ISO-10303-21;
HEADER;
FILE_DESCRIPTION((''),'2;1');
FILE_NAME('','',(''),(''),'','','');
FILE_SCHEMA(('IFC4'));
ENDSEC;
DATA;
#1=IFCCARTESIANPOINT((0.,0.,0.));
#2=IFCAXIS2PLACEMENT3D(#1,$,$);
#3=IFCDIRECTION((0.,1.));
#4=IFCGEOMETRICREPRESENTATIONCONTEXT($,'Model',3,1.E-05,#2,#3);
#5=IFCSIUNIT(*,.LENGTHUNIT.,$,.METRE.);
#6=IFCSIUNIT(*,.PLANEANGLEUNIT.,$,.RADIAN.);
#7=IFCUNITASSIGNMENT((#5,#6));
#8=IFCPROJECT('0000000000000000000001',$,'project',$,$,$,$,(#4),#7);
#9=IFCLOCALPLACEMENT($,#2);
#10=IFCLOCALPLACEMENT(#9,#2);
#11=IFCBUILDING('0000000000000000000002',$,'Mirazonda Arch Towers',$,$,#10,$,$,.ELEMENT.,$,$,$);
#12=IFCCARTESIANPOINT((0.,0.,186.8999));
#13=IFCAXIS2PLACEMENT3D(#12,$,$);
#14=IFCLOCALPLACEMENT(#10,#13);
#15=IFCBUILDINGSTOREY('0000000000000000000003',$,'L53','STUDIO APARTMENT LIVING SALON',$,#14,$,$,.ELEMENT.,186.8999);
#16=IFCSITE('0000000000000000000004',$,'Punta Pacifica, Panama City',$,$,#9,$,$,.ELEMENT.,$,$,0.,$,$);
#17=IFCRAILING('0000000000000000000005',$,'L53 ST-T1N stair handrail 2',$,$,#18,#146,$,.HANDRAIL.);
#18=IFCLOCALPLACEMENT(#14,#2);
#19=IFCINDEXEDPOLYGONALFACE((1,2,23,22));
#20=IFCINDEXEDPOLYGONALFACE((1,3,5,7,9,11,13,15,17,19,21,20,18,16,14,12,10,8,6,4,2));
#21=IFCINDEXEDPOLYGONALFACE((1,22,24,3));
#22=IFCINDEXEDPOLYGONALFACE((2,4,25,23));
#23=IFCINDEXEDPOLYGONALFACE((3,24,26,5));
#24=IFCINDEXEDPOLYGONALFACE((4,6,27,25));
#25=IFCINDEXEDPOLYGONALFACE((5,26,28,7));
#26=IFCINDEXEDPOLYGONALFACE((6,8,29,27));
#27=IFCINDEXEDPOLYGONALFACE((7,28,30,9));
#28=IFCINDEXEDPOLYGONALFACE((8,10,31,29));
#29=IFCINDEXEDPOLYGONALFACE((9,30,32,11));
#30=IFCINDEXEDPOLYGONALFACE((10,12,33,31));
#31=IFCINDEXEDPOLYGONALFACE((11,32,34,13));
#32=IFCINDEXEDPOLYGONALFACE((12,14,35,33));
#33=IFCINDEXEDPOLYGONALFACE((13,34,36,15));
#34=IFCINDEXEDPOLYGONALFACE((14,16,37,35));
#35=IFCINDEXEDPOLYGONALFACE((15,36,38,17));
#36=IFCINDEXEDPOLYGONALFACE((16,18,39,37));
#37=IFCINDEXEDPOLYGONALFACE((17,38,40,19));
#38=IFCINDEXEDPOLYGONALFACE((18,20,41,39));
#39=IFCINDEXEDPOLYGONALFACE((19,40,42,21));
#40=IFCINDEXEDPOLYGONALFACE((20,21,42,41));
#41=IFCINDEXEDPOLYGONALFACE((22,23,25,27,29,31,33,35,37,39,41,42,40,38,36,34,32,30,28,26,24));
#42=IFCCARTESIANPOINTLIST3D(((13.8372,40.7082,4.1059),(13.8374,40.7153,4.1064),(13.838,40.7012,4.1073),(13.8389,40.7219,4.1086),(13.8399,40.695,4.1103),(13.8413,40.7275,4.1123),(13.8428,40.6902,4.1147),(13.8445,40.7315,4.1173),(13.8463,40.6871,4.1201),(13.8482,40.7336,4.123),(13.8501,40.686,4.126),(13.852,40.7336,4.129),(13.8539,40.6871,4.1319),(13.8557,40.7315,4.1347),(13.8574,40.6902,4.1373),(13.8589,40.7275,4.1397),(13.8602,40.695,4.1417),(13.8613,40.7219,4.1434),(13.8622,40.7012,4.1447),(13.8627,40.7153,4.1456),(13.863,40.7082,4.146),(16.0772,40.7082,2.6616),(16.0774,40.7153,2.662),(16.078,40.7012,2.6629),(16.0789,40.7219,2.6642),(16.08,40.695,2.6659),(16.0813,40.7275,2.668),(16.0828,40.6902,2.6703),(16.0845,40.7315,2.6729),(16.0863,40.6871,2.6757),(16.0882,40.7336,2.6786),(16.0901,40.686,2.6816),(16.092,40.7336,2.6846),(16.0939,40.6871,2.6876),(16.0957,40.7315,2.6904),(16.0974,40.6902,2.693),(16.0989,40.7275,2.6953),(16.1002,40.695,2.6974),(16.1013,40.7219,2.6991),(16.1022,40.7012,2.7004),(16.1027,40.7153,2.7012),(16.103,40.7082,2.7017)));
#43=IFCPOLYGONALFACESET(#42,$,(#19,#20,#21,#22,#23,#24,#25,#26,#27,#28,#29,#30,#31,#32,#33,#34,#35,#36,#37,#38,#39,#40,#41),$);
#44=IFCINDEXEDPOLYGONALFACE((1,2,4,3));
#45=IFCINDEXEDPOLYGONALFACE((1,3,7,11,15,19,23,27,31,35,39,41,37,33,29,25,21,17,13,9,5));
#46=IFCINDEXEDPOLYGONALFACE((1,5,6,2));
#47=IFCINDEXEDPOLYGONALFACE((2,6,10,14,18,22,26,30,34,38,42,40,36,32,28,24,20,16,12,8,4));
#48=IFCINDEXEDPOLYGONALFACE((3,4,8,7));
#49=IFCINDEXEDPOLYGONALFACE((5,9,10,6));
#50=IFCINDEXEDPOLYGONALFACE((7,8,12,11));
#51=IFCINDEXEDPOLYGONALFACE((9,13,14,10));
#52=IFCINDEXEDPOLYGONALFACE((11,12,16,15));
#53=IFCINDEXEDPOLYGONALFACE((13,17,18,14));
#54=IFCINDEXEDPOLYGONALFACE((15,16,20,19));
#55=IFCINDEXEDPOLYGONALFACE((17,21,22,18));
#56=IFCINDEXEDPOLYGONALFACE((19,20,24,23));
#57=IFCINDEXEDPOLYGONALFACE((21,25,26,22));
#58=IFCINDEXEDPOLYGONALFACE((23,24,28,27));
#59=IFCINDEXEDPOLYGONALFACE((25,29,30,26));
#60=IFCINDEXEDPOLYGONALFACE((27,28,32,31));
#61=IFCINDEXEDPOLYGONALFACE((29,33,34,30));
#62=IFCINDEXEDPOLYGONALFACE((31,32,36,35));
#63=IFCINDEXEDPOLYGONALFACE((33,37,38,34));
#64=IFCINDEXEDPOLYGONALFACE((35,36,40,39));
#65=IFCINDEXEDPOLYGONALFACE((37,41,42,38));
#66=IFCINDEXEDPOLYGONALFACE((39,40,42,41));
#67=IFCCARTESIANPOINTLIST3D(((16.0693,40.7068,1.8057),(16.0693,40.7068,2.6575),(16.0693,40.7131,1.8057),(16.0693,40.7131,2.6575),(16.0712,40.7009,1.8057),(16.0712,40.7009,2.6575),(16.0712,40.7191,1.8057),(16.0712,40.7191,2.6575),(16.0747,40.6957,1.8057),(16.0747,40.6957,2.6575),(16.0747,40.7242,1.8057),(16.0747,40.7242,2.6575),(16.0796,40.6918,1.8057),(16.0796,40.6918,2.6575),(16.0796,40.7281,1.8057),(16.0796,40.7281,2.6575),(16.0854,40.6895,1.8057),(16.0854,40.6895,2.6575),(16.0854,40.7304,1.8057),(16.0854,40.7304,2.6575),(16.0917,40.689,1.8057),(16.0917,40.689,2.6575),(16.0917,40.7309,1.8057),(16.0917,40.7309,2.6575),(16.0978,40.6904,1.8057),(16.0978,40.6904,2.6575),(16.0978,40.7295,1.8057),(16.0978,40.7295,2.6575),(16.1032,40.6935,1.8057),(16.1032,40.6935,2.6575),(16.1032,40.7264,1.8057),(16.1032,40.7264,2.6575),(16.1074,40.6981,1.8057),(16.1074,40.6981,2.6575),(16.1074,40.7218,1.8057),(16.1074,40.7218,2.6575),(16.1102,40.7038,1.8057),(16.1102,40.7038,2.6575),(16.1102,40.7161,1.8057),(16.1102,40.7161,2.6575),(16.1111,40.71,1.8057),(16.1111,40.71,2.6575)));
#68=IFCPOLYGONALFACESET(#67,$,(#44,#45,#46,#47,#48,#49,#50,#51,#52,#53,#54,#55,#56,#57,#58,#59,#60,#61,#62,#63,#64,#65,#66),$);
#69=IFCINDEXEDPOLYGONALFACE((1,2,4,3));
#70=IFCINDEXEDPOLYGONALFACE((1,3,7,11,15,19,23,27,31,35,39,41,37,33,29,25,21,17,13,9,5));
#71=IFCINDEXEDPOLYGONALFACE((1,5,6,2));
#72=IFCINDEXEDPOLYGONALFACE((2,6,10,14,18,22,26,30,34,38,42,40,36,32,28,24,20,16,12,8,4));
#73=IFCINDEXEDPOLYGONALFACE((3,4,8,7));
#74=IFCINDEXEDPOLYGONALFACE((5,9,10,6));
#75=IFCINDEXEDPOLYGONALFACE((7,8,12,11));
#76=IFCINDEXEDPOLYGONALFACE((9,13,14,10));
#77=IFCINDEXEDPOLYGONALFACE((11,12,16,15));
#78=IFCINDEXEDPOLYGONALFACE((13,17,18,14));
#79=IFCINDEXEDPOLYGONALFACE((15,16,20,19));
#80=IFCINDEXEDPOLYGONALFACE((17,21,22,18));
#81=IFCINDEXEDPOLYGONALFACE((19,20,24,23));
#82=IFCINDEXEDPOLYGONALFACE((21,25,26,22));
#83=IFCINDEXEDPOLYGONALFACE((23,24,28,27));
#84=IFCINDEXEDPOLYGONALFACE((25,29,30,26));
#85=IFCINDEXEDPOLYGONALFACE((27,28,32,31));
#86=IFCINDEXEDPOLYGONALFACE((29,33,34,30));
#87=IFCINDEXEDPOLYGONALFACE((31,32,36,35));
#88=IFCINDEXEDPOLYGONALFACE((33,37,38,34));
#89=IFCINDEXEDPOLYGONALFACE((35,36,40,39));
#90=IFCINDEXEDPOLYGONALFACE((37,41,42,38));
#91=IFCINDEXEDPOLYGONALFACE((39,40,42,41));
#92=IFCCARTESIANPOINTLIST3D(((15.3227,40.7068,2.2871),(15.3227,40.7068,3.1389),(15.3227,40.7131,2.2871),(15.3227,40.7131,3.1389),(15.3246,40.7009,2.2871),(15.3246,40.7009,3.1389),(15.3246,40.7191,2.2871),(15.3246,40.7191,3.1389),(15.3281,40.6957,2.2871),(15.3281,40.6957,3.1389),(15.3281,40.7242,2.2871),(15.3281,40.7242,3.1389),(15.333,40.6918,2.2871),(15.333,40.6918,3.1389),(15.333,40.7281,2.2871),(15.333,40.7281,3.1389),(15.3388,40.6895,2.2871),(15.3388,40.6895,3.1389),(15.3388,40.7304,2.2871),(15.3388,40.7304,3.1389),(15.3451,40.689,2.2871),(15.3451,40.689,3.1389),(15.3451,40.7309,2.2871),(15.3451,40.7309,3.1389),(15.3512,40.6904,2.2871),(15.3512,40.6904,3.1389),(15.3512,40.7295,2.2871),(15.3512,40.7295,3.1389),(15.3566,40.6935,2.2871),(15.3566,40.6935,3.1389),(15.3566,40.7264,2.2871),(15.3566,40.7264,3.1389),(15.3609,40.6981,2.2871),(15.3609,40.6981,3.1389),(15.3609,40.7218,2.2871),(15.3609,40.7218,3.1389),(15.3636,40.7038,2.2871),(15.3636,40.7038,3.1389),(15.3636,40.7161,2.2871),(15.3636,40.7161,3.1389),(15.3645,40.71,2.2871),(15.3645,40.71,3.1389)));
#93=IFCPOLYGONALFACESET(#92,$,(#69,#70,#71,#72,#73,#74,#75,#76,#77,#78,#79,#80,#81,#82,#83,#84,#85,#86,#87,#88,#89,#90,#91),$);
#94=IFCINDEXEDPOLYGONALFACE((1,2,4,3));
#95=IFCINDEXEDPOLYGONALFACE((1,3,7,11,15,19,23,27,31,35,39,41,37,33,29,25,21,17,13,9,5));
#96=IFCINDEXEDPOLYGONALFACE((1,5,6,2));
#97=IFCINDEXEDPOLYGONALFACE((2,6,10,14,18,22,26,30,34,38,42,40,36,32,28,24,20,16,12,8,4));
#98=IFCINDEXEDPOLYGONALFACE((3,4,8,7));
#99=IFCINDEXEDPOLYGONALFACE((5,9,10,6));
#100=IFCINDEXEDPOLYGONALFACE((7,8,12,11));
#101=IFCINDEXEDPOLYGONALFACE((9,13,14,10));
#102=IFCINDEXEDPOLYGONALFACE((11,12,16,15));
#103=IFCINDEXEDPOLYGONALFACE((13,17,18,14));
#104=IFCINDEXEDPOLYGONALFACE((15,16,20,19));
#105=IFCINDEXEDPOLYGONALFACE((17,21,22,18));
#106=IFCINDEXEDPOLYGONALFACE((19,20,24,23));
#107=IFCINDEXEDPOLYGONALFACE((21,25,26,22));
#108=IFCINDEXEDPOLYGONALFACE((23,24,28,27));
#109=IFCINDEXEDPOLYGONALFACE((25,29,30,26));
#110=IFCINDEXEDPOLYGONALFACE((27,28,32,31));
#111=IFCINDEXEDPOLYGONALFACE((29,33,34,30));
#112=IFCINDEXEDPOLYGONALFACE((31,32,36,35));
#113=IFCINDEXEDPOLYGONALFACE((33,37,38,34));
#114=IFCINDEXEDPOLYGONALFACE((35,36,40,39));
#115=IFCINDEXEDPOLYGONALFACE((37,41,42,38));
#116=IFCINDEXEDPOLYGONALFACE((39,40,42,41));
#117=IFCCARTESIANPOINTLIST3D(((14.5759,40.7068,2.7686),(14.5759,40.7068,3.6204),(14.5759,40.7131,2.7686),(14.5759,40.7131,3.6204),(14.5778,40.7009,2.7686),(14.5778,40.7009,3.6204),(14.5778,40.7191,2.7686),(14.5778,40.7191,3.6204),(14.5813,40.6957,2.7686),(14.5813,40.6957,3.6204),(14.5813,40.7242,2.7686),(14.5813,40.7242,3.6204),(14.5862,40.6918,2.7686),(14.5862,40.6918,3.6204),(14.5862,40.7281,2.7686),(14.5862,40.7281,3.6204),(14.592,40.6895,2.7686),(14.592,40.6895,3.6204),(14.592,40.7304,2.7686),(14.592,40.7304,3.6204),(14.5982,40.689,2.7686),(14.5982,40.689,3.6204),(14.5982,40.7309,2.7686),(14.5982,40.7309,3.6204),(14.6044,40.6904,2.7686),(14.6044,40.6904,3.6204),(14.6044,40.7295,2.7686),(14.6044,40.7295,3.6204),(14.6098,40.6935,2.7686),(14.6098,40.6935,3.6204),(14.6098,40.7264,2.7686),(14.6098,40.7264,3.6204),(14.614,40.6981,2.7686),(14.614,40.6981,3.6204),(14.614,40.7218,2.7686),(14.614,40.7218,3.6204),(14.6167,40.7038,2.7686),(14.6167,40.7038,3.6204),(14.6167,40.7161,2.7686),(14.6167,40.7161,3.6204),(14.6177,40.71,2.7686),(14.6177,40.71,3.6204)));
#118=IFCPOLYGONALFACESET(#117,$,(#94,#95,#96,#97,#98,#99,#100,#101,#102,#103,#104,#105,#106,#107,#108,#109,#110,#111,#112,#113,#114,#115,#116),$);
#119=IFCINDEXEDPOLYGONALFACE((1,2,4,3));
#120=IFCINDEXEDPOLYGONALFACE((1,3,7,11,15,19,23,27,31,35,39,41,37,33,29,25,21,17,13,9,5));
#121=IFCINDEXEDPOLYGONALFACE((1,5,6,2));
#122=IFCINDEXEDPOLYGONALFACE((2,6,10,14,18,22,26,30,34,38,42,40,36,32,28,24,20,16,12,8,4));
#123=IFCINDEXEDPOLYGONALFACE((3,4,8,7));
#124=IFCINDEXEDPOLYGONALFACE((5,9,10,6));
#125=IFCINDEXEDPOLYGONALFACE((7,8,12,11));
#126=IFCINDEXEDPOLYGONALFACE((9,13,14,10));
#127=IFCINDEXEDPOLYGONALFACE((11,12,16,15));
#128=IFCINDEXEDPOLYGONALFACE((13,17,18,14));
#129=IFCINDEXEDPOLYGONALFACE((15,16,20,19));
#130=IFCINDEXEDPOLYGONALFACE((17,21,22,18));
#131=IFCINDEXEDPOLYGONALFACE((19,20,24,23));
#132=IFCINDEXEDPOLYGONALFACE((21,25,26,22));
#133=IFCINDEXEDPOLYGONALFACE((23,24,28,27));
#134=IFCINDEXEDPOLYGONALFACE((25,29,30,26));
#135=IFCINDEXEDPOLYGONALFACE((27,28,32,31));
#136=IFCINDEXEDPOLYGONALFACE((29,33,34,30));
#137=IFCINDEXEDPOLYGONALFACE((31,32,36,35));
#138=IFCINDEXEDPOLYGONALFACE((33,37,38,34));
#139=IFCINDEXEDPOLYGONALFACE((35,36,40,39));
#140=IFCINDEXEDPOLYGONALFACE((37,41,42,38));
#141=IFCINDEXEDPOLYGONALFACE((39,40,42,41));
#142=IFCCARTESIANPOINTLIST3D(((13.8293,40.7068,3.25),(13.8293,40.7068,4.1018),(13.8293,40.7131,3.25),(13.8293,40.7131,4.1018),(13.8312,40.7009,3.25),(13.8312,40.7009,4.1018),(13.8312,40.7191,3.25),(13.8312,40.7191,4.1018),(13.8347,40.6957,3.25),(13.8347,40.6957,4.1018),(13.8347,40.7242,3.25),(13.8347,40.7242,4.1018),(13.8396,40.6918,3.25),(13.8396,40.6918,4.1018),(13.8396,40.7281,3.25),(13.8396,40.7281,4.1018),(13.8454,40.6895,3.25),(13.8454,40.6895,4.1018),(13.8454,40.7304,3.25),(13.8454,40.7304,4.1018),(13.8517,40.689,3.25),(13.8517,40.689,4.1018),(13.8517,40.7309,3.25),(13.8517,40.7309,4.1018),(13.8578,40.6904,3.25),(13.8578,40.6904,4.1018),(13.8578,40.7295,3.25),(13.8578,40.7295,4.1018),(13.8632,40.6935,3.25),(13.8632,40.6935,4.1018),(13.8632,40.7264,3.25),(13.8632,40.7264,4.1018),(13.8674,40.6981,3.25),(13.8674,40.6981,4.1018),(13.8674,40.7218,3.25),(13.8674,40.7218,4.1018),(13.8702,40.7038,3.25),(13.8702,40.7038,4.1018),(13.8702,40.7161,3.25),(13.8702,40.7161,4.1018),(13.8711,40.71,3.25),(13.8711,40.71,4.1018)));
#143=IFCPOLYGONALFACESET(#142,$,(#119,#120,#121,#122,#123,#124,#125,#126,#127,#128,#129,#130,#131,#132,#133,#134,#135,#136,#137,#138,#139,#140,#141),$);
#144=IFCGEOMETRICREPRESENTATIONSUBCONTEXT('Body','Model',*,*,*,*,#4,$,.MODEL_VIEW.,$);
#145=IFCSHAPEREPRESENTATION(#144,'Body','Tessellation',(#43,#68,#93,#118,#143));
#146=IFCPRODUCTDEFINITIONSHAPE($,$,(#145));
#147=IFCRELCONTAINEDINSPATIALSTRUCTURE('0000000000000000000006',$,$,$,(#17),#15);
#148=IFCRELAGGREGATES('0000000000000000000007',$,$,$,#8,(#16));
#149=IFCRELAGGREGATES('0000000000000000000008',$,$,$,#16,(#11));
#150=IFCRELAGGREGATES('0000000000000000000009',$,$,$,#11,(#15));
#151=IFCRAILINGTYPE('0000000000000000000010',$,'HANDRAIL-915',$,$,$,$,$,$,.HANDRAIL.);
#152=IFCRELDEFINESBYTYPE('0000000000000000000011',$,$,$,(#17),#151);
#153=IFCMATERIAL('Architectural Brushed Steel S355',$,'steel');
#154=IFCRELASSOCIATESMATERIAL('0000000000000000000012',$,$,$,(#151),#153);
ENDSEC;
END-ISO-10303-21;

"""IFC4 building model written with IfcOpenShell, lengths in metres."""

from ifc_helpers import new_model, si_unit, direction, frame, origin, origin_2d, place, context, subcontext, project, spatial, circle, extrude, material, type_object, element, save


model = new_model("IFC4")

# Units and contexts
model_context = context("Model", 3, precision=1e-05, world=origin(), true_north=direction((0.0, 1.0)))
body_context = subcontext(model_context, "Body", "Model", "MODEL_VIEW")
ifc_project = project(units=[si_unit("LENGTHUNIT", "METRE"), si_unit("PLANEANGLEUNIT", "RADIAN")], contexts=[model_context])

# Site, building, storey
site_placement = place(None, origin())
site = spatial("IfcSite", under=ifc_project, at=site_placement, Name="Punta Pacifica, Panama City", CompositionType="ELEMENT", RefElevation=0.0)
building_placement = place(site_placement, origin())
building = spatial("IfcBuilding", under=site, at=building_placement, Name="Mirazonda Arch Towers", CompositionType="ELEMENT")
storey_placement = place(building_placement, frame((0.0, 0.0, 186.8999)))
storey = spatial("IfcBuildingStorey", under=building, at=storey_placement, Name="L53", Description="STUDIO APARTMENT LIVING SALON", CompositionType="ELEMENT", Elevation=186.8999)

# Railing
ifc_material_1 = material(Name="Architectural Brushed Steel S355", Category="steel")
railing_type_1 = type_object("IfcRailingType", Name="HANDRAIL-915", PredefinedType="HANDRAIL", material=ifc_material_1)
railing_1_placement = place(storey_placement, frame((16.0901, 40.71, 1.8057)))
element("IfcRailing", 1, at=railing_1_placement, inside=storey, type_object=railing_type_1, Name="L53 ST-T1N stair handrail 2", PredefinedType="HANDRAIL", context=body_context, shape_type="SweptSolid", body=[
    extrude(circle(Radius=0.0239, at=origin_2d()), frame((0.0, 0.0, 0.876), z_axis=(-0.840437, 0.0, 0.54191), x_axis=(0.0, -1.0, 0.0)), (0.0, 0.0, 1.0), 2.6653),
    extrude(circle(Radius=0.021, at=origin_2d()), origin(), (0.0, 0.0, 1.0), 0.8518),
    extrude(circle(Radius=0.021, at=origin_2d()), frame((-0.7466, 0.0, 0.4814)), (0.0, 0.0, 1.0), 0.8518),
    extrude(circle(Radius=0.021, at=origin_2d()), frame((-1.4934, 0.0, 0.9629)), (0.0, 0.0, 1.0), 0.8518),
    extrude(circle(Radius=0.021, at=origin_2d()), frame((-2.24, 0.0, 1.4443)), (0.0, 0.0, 1.0), 0.8518),
])

save(model, "model.ifc")
